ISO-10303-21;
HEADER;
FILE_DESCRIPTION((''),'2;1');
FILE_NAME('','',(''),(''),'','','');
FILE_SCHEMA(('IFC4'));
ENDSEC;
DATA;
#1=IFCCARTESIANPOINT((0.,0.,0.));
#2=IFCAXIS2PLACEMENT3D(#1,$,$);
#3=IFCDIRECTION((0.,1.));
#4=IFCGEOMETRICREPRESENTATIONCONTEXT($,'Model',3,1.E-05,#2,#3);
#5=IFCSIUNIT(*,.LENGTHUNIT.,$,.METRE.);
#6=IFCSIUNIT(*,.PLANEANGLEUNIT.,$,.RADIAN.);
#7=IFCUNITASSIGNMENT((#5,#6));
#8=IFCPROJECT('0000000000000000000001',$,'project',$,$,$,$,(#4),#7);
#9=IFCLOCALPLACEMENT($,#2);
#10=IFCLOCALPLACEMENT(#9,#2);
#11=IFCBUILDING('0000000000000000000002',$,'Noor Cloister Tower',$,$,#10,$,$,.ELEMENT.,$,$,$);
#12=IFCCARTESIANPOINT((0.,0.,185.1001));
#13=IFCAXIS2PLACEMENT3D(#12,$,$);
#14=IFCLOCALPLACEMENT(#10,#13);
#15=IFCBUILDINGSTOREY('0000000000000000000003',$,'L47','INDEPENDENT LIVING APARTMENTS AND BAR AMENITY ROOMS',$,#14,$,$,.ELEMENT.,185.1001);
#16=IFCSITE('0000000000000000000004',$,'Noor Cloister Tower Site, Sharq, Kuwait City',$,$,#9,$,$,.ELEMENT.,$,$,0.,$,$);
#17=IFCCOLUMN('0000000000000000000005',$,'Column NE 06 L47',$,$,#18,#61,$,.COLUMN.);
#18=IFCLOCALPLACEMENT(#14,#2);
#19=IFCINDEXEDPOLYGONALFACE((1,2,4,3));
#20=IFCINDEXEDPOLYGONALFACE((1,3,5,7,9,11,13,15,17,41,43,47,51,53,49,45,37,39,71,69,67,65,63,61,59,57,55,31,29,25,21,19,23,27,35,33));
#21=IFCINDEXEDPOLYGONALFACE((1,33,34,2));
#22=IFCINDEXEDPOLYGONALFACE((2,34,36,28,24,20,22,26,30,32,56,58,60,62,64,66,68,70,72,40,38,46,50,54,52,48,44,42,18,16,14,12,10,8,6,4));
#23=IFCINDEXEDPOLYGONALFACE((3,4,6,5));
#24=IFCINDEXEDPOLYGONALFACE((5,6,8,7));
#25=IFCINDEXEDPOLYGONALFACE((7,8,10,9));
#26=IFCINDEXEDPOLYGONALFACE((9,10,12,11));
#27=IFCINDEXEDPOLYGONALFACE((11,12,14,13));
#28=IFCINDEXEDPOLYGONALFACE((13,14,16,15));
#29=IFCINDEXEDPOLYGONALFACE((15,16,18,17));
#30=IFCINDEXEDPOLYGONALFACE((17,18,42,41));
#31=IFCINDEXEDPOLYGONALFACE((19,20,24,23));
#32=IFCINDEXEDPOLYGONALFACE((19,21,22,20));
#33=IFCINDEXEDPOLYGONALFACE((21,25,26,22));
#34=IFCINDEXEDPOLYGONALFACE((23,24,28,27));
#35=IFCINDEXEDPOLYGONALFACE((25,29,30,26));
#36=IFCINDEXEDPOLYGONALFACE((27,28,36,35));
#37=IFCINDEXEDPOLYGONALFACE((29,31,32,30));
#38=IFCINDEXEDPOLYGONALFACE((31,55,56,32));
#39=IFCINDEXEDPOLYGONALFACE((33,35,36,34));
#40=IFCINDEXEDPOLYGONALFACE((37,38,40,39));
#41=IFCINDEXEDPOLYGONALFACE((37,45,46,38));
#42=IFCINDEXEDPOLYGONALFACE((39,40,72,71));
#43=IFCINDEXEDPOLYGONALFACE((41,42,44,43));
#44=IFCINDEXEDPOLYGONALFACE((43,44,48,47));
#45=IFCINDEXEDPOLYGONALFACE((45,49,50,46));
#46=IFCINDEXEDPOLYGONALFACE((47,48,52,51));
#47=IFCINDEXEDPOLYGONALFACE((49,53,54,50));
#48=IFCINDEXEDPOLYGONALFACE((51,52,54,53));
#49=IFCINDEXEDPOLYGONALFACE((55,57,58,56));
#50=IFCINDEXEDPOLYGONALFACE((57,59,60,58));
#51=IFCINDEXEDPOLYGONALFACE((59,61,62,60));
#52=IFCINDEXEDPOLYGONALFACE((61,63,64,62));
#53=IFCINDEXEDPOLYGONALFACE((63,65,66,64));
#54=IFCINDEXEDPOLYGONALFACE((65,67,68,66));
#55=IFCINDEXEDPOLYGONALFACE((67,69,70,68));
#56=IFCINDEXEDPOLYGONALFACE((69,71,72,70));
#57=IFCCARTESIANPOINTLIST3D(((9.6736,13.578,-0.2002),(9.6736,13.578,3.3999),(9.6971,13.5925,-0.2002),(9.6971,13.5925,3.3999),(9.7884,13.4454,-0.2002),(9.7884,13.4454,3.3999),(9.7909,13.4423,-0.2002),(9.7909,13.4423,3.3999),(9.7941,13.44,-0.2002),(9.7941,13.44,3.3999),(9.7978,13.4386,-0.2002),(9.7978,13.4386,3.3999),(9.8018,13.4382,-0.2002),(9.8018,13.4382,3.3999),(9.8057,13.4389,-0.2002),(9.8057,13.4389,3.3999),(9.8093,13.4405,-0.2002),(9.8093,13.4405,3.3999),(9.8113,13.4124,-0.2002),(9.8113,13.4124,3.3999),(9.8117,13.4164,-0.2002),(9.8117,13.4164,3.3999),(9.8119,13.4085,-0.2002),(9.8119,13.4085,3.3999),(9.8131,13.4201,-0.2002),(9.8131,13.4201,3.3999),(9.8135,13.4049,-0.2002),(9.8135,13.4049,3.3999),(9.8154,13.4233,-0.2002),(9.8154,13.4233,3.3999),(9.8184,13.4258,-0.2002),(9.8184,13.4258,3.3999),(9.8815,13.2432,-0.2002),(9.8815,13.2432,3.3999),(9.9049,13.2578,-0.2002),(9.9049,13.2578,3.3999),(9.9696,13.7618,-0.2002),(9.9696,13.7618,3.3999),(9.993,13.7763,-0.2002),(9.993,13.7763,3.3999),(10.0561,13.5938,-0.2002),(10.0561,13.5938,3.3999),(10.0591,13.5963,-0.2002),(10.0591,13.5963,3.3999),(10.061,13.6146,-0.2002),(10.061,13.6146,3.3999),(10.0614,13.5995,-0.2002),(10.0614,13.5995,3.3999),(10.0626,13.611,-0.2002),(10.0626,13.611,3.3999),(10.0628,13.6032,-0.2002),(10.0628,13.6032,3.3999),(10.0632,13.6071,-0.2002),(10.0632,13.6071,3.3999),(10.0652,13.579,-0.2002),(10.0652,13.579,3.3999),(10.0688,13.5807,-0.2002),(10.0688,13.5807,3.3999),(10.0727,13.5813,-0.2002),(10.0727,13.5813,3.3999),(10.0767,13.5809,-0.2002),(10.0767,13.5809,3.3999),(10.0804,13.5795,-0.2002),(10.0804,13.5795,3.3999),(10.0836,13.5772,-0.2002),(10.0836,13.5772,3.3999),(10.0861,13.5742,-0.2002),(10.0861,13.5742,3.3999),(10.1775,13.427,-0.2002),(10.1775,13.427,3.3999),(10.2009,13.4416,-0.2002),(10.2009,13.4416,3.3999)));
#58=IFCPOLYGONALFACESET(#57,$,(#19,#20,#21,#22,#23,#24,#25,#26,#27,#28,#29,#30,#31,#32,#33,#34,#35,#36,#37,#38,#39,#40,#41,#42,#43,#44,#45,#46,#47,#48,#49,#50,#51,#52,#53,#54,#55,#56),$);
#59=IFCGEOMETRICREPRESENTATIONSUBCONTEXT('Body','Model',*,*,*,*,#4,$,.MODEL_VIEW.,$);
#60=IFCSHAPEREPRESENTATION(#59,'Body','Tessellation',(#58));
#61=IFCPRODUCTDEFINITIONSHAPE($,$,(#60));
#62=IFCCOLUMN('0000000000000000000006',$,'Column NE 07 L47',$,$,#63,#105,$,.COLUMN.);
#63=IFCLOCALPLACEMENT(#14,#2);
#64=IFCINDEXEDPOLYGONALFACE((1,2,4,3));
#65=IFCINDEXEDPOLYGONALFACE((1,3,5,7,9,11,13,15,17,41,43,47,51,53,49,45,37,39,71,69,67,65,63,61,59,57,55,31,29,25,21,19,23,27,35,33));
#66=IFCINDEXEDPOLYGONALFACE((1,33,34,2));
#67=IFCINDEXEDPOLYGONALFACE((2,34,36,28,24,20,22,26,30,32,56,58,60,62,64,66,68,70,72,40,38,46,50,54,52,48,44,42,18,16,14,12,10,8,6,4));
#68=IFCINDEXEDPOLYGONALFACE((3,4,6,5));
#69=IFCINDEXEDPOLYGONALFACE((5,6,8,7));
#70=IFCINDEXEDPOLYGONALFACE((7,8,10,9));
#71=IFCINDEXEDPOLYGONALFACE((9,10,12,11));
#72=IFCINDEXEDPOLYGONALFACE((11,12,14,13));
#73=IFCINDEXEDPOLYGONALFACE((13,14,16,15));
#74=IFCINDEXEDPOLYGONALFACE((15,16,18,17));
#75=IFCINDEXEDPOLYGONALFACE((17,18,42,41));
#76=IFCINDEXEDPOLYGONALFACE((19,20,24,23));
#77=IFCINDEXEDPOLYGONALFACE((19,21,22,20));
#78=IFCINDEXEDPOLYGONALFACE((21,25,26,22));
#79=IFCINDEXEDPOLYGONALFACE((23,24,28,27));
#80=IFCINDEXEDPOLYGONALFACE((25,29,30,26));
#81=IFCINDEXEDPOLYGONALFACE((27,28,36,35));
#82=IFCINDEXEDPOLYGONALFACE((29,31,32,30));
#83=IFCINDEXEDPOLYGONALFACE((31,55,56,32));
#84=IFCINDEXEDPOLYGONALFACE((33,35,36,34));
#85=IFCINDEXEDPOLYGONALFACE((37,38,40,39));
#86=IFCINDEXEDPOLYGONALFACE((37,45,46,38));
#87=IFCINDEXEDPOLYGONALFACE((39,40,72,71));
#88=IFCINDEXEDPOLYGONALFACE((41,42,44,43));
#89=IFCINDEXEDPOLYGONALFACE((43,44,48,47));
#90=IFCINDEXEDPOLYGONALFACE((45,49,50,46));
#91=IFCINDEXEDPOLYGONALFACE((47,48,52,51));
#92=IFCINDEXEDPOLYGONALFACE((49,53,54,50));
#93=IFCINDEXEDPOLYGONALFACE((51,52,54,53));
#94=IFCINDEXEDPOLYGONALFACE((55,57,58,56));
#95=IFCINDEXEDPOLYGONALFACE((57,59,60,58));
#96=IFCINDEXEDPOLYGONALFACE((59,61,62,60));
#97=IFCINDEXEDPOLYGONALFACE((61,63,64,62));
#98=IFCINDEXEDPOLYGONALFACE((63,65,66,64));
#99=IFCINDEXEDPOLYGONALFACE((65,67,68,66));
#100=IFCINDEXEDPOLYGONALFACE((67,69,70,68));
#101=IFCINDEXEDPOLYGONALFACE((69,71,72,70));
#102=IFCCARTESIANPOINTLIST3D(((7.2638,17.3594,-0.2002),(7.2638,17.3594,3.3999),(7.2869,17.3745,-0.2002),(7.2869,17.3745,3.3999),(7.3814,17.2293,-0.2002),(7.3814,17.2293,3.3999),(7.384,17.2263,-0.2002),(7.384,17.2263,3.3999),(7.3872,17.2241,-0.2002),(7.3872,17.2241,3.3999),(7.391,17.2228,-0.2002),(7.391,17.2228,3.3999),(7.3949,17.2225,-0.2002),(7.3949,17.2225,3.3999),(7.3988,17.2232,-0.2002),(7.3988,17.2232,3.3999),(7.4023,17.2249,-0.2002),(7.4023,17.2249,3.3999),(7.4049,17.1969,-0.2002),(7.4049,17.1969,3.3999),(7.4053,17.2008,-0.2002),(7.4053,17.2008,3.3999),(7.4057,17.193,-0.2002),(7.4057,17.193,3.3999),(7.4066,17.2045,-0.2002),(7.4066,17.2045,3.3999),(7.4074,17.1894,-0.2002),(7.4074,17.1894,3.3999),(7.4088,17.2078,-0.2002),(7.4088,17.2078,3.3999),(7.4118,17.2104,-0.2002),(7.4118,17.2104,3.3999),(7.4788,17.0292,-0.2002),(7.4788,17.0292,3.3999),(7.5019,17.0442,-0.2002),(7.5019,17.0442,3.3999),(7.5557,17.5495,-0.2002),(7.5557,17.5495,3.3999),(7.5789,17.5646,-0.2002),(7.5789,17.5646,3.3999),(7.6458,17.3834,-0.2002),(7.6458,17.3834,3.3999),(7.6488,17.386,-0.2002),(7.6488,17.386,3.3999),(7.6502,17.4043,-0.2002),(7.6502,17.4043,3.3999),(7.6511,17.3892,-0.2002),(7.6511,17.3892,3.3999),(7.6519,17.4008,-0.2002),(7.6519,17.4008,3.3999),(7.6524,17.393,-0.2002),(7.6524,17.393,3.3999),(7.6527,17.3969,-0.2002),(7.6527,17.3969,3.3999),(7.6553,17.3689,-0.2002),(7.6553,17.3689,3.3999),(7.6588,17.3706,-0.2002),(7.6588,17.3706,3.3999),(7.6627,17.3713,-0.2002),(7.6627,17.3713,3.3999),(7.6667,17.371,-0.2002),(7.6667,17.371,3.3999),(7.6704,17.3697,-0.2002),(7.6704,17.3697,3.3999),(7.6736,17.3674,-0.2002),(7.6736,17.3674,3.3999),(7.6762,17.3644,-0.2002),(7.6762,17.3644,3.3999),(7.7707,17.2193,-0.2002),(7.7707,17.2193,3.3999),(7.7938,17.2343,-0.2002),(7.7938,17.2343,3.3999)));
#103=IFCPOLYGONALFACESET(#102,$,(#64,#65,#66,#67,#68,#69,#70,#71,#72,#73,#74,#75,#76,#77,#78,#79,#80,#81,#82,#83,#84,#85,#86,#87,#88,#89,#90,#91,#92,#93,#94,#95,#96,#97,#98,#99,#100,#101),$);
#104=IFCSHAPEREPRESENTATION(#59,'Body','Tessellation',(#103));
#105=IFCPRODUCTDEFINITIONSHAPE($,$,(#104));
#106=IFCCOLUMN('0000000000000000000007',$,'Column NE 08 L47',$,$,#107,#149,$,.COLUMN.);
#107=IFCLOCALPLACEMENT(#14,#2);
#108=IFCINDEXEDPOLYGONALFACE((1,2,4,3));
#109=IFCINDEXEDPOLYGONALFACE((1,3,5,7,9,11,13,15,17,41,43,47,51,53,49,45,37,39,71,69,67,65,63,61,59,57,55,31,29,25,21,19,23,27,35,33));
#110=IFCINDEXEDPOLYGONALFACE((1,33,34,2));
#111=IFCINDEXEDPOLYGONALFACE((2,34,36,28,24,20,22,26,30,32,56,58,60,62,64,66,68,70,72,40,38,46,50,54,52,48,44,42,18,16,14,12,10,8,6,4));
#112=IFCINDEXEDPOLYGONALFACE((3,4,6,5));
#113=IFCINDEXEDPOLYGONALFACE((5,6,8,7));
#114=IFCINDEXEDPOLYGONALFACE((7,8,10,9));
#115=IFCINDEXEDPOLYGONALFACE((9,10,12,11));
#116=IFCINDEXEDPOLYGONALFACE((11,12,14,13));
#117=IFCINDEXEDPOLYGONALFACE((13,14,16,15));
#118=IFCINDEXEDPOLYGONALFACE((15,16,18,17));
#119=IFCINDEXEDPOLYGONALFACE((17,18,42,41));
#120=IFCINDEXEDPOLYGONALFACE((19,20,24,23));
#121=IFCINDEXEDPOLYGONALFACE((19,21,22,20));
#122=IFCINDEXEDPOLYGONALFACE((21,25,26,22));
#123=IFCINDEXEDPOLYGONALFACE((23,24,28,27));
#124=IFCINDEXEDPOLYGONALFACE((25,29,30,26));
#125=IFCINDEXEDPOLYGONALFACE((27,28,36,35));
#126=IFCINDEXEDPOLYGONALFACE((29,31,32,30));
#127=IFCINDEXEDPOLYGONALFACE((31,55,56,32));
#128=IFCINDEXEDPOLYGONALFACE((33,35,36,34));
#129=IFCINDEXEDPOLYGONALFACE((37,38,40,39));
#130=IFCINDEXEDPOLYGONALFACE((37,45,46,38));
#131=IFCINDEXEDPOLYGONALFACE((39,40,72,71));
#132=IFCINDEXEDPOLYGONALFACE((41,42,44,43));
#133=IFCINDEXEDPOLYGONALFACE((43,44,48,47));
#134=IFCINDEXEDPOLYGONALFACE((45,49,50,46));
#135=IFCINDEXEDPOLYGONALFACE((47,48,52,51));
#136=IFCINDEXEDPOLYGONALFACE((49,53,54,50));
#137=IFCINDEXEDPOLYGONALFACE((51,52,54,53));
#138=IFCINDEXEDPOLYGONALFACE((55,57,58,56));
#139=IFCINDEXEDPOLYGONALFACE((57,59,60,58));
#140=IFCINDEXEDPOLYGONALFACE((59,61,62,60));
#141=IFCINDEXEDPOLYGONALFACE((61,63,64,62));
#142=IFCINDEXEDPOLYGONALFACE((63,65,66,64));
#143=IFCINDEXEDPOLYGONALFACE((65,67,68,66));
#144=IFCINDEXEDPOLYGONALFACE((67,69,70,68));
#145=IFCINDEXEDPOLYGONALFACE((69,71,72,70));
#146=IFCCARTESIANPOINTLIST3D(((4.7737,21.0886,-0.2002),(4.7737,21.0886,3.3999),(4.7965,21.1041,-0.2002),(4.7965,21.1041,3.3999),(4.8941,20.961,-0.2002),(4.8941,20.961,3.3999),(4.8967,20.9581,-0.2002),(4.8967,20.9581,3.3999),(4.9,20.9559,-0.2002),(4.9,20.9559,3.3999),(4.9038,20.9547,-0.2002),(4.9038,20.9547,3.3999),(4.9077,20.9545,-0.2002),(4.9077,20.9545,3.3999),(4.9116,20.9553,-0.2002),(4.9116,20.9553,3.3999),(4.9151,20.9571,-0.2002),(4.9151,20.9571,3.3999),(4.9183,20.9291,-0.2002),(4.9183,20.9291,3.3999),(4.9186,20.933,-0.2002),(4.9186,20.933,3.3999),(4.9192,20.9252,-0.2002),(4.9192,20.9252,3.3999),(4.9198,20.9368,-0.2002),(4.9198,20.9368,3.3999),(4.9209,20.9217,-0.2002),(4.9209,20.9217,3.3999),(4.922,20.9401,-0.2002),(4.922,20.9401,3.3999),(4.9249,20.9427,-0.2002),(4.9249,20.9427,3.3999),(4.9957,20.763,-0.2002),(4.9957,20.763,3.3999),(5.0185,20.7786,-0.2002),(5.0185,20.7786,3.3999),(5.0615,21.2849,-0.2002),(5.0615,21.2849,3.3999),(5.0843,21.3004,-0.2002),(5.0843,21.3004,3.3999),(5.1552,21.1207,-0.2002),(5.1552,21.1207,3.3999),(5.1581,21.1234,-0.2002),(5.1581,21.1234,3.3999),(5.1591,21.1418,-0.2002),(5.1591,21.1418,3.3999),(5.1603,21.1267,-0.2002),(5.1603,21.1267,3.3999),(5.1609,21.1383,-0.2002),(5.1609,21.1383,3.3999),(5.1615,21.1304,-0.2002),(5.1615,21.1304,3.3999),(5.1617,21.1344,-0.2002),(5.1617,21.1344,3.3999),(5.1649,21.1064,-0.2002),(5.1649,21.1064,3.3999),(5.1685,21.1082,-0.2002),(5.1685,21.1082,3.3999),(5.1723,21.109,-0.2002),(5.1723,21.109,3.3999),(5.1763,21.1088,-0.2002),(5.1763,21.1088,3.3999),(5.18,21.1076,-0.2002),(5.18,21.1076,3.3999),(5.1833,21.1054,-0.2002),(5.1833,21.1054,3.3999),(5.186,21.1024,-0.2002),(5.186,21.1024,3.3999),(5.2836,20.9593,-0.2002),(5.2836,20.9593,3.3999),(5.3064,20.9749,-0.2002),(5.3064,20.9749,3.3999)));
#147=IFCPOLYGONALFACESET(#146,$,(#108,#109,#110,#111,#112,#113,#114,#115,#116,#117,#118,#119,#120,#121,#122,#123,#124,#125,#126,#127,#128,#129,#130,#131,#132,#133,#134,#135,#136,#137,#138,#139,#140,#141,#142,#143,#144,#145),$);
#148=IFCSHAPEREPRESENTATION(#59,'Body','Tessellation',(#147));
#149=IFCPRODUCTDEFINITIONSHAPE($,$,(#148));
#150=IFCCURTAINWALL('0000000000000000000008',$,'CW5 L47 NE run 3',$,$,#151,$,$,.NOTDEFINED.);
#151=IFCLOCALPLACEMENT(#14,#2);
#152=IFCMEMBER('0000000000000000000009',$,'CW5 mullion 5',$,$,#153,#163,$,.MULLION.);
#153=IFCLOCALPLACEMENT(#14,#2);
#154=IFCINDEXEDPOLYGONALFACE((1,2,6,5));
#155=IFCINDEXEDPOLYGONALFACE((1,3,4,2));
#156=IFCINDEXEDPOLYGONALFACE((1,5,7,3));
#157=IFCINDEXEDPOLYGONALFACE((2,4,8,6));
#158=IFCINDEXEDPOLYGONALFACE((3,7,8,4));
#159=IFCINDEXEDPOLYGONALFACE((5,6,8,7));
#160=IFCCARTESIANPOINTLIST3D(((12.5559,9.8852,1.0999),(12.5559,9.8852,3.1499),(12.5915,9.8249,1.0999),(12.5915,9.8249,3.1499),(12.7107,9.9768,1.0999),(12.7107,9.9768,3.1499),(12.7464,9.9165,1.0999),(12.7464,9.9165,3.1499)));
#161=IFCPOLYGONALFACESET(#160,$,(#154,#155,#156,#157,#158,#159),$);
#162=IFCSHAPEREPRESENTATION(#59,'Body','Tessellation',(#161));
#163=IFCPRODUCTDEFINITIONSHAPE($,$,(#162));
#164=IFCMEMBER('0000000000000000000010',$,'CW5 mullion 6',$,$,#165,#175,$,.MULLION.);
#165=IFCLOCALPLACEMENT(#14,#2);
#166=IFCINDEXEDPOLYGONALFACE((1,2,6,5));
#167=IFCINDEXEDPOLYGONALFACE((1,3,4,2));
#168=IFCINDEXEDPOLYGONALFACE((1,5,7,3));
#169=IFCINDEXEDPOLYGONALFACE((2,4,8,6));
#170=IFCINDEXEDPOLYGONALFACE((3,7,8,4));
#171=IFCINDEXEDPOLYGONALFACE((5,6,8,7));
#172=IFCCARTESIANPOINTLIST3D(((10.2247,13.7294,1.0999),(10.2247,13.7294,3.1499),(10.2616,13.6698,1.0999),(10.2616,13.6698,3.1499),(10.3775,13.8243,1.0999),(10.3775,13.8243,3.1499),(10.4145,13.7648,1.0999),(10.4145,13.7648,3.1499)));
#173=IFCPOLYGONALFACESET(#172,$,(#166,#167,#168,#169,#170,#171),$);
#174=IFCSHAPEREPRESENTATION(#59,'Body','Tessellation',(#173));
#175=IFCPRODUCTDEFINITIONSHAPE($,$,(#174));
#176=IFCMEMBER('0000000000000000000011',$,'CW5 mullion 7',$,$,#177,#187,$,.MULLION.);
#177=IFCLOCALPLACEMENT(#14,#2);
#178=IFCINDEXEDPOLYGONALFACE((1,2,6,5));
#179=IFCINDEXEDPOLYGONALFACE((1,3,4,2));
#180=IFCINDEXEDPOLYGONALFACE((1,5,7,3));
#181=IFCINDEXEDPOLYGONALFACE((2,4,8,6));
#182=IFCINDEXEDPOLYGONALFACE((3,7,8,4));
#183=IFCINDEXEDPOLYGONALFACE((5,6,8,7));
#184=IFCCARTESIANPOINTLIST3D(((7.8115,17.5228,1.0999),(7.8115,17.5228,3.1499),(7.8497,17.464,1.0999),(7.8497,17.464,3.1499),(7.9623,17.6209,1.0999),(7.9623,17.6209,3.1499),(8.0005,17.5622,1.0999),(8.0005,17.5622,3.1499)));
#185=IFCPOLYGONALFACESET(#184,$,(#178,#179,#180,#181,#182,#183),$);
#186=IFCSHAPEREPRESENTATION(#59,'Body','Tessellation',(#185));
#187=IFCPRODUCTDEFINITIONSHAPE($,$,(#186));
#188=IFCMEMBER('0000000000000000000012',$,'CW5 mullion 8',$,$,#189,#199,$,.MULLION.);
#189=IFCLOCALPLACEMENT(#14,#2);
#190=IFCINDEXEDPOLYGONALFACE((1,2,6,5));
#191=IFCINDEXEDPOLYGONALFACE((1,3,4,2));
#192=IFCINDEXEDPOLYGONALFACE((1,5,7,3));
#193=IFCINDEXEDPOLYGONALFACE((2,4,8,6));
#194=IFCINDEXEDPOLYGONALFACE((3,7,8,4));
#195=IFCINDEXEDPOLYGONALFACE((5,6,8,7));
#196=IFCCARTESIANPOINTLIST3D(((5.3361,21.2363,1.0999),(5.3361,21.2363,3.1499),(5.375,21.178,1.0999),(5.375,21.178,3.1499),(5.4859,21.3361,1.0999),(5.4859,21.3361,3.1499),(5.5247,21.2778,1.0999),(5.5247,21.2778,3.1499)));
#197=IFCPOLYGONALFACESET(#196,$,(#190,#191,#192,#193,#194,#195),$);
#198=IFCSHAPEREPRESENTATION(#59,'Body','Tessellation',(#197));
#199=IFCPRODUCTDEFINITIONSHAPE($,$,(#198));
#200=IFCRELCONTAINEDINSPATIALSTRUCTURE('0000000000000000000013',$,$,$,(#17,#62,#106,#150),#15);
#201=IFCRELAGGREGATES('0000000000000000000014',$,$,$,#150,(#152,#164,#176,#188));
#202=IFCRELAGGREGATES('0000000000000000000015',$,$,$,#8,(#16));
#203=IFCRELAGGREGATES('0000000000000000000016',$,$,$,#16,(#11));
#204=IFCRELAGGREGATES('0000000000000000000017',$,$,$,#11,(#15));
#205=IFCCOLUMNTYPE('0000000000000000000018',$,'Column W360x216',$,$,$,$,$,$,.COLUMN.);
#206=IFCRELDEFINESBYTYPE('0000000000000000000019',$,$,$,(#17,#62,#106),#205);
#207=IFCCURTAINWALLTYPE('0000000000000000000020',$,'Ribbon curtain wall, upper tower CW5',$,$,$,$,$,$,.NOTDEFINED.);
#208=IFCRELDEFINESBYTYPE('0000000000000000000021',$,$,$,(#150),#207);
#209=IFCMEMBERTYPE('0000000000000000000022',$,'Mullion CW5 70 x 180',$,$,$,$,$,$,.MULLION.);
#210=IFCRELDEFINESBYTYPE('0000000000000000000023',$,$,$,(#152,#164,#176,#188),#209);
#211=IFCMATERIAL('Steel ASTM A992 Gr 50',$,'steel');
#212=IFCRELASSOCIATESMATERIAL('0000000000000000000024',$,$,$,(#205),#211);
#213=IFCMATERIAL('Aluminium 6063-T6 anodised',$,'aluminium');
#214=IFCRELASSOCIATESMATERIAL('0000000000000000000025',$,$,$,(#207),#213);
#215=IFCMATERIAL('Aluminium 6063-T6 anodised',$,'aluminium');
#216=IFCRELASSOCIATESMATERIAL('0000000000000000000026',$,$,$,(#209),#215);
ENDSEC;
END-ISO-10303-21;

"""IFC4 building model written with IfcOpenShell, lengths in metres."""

from ifc_helpers import new_model, si_unit, direction, frame, origin, origin_2d, place, context, subcontext, project, spatial, rectangle, i_section, extrude, material, material_profile, profile_set, type_object, element, aggregate, save


model = new_model("IFC4")

# Units and contexts
model_context = context("Model", 3, precision=1e-05, world=origin(), true_north=direction((0.0, 1.0)))
body_context = subcontext(model_context, "Body", "Model", "MODEL_VIEW")
ifc_project = project(units=[si_unit("LENGTHUNIT", "METRE"), si_unit("PLANEANGLEUNIT", "RADIAN")], contexts=[model_context])

# Site, building, storey
site_placement = place(None, origin())
site = spatial("IfcSite", under=ifc_project, at=site_placement, Name="Noor Cloister Tower Site, Sharq, Kuwait City", CompositionType="ELEMENT", RefElevation=0.0)
building_placement = place(site_placement, origin())
building = spatial("IfcBuilding", under=site, at=building_placement, Name="Noor Cloister Tower", CompositionType="ELEMENT")
storey_placement = place(building_placement, frame((0.0, 0.0, 185.1001)))
storey = spatial("IfcBuildingStorey", under=building, at=storey_placement, Name="L47", Description="INDEPENDENT LIVING APARTMENTS AND BAR AMENITY ROOMS", CompositionType="ELEMENT", Elevation=185.1001)

# Columns
ifc_material_1 = material(Name="Steel ASTM A992 Gr 50", Category="steel")
ifc_material_profile_1 = material_profile(ifc_material_1, i_section(OverallWidth=0.394, OverallDepth=0.376, WebThickness=0.0173, FlangeThickness=0.0276, FilletRadius=0.0151, at=origin_2d()), Name="W360x216")
ifc_profile_set_1 = profile_set([ifc_material_profile_1], Name="Steel ASTM A992 Gr 50")
column_type = type_object("IfcColumnType", Name="Column W360x216", PredefinedType="COLUMN", material=ifc_profile_set_1)
for number, where, z_axis, x_axis, name in (
    (1, (9.9373, 13.5098, -0.2002), (0.0, 0.0, 1.0), (-0.527547, 0.849526, 0.0), "Column NE 06 L47"),
    (2, (7.5288, 17.2969, -0.2002), (0.0, 0.0, 1.0), (-0.545612, 0.838038, 0.0), "Column NE 07 L47"),
    (3, (5.04, 21.0317, -0.2002), (0.0, 0.0, 1.0), (-0.563426, 0.826166, 0.0), "Column NE 08 L47"),
):
    element("IfcColumn", number, at=place(storey_placement, frame(where, z_axis=z_axis, x_axis=x_axis)), inside=storey, type_object=column_type, Name=name, PredefinedType="COLUMN", context=body_context, shape_type="SweptSolid", body=[
        extrude(i_section(OverallWidth=0.394, OverallDepth=0.376, WebThickness=0.0173, FlangeThickness=0.0276, FilletRadius=0.0151, at=origin_2d()), origin(), (0.0, 0.0, 1.0), 3.6001),
    ])

# Curtain wall, members
ifc_material_2 = material(Name="Aluminium 6063-T6 anodised", Category="aluminium")
curtain_wall_type = type_object("IfcCurtainWallType", Name="Ribbon curtain wall, upper tower CW5", PredefinedType="NOTDEFINED", material=ifc_material_2)
curtain_wall_placement = place(storey_placement, origin())
curtain_wall = element("IfcCurtainWall", 4, at=curtain_wall_placement, inside=storey, type_object=curtain_wall_type, Name="CW5 L47 NE run 3", PredefinedType="NOTDEFINED")
ifc_material_3 = material(Name="Aluminium 6063-T6 anodised", Category="aluminium")
ifc_material_profile_2 = material_profile(ifc_material_3, rectangle(XDim=0.1799, YDim=0.0701, at=origin_2d()), Name="180 x 70 mullion")
ifc_profile_set_2 = profile_set([ifc_material_profile_2], Name="Aluminium 6063-T6 anodised")
member_type = type_object("IfcMemberType", Name="Mullion CW5 70 x 180", PredefinedType="MULLION", material=ifc_profile_set_2)
member_1_placement = place(storey_placement, frame((12.6511, 9.9009, 1.0999), z_axis=(0.0, 0.0, 1.0), x_axis=(-0.860624, -0.509241, 0.0)))
member_1 = element("IfcMember", 5, at=member_1_placement, type_object=member_type, Name="CW5 mullion 5", PredefinedType="MULLION", context=body_context, shape_type="SweptSolid", body=[
    extrude(rectangle(XDim=0.1799, YDim=0.0701, at=origin_2d()), origin(), (0.0, 0.0, 1.0), 2.05),
])
member_2_placement = place(storey_placement, frame((10.3196, 13.7471, 1.0999), z_axis=(0.0, 0.0, 1.0), x_axis=(-0.849526, -0.527547, 0.0)))
member_2 = element("IfcMember", 6, at=member_2_placement, type_object=member_type, Name="CW5 mullion 6", PredefinedType="MULLION", context=body_context, shape_type="SweptSolid", body=[
    extrude(rectangle(XDim=0.1799, YDim=0.0701, at=origin_2d()), origin(), (0.0, 0.0, 1.0), 2.05),
])
member_3_placement = place(storey_placement, frame((7.906, 17.5425, 1.0999), z_axis=(0.0, 0.0, 1.0), x_axis=(-0.838038, -0.545612, 0.0)))
member_3 = element("IfcMember", 7, at=member_3_placement, type_object=member_type, Name="CW5 mullion 7", PredefinedType="MULLION", context=body_context, shape_type="SweptSolid", body=[
    extrude(rectangle(XDim=0.1799, YDim=0.0701, at=origin_2d()), origin(), (0.0, 0.0, 1.0), 2.05),
])
member_4_placement = place(storey_placement, frame((5.4304, 21.2571, 1.0999), z_axis=(0.0, 0.0, 1.0), x_axis=(-0.83215, -0.554551, 0.0)))
member_4 = element("IfcMember", 8, at=member_4_placement, type_object=member_type, Name="CW5 mullion 8", PredefinedType="MULLION", context=body_context, shape_type="SweptSolid", body=[
    extrude(rectangle(XDim=0.1799, YDim=0.0701, at=origin_2d()), origin(), (0.0, 0.0, 1.0), 2.05),
])

aggregate(curtain_wall, [member_1, member_2, member_3, member_4])

save(model, "model.ifc")
